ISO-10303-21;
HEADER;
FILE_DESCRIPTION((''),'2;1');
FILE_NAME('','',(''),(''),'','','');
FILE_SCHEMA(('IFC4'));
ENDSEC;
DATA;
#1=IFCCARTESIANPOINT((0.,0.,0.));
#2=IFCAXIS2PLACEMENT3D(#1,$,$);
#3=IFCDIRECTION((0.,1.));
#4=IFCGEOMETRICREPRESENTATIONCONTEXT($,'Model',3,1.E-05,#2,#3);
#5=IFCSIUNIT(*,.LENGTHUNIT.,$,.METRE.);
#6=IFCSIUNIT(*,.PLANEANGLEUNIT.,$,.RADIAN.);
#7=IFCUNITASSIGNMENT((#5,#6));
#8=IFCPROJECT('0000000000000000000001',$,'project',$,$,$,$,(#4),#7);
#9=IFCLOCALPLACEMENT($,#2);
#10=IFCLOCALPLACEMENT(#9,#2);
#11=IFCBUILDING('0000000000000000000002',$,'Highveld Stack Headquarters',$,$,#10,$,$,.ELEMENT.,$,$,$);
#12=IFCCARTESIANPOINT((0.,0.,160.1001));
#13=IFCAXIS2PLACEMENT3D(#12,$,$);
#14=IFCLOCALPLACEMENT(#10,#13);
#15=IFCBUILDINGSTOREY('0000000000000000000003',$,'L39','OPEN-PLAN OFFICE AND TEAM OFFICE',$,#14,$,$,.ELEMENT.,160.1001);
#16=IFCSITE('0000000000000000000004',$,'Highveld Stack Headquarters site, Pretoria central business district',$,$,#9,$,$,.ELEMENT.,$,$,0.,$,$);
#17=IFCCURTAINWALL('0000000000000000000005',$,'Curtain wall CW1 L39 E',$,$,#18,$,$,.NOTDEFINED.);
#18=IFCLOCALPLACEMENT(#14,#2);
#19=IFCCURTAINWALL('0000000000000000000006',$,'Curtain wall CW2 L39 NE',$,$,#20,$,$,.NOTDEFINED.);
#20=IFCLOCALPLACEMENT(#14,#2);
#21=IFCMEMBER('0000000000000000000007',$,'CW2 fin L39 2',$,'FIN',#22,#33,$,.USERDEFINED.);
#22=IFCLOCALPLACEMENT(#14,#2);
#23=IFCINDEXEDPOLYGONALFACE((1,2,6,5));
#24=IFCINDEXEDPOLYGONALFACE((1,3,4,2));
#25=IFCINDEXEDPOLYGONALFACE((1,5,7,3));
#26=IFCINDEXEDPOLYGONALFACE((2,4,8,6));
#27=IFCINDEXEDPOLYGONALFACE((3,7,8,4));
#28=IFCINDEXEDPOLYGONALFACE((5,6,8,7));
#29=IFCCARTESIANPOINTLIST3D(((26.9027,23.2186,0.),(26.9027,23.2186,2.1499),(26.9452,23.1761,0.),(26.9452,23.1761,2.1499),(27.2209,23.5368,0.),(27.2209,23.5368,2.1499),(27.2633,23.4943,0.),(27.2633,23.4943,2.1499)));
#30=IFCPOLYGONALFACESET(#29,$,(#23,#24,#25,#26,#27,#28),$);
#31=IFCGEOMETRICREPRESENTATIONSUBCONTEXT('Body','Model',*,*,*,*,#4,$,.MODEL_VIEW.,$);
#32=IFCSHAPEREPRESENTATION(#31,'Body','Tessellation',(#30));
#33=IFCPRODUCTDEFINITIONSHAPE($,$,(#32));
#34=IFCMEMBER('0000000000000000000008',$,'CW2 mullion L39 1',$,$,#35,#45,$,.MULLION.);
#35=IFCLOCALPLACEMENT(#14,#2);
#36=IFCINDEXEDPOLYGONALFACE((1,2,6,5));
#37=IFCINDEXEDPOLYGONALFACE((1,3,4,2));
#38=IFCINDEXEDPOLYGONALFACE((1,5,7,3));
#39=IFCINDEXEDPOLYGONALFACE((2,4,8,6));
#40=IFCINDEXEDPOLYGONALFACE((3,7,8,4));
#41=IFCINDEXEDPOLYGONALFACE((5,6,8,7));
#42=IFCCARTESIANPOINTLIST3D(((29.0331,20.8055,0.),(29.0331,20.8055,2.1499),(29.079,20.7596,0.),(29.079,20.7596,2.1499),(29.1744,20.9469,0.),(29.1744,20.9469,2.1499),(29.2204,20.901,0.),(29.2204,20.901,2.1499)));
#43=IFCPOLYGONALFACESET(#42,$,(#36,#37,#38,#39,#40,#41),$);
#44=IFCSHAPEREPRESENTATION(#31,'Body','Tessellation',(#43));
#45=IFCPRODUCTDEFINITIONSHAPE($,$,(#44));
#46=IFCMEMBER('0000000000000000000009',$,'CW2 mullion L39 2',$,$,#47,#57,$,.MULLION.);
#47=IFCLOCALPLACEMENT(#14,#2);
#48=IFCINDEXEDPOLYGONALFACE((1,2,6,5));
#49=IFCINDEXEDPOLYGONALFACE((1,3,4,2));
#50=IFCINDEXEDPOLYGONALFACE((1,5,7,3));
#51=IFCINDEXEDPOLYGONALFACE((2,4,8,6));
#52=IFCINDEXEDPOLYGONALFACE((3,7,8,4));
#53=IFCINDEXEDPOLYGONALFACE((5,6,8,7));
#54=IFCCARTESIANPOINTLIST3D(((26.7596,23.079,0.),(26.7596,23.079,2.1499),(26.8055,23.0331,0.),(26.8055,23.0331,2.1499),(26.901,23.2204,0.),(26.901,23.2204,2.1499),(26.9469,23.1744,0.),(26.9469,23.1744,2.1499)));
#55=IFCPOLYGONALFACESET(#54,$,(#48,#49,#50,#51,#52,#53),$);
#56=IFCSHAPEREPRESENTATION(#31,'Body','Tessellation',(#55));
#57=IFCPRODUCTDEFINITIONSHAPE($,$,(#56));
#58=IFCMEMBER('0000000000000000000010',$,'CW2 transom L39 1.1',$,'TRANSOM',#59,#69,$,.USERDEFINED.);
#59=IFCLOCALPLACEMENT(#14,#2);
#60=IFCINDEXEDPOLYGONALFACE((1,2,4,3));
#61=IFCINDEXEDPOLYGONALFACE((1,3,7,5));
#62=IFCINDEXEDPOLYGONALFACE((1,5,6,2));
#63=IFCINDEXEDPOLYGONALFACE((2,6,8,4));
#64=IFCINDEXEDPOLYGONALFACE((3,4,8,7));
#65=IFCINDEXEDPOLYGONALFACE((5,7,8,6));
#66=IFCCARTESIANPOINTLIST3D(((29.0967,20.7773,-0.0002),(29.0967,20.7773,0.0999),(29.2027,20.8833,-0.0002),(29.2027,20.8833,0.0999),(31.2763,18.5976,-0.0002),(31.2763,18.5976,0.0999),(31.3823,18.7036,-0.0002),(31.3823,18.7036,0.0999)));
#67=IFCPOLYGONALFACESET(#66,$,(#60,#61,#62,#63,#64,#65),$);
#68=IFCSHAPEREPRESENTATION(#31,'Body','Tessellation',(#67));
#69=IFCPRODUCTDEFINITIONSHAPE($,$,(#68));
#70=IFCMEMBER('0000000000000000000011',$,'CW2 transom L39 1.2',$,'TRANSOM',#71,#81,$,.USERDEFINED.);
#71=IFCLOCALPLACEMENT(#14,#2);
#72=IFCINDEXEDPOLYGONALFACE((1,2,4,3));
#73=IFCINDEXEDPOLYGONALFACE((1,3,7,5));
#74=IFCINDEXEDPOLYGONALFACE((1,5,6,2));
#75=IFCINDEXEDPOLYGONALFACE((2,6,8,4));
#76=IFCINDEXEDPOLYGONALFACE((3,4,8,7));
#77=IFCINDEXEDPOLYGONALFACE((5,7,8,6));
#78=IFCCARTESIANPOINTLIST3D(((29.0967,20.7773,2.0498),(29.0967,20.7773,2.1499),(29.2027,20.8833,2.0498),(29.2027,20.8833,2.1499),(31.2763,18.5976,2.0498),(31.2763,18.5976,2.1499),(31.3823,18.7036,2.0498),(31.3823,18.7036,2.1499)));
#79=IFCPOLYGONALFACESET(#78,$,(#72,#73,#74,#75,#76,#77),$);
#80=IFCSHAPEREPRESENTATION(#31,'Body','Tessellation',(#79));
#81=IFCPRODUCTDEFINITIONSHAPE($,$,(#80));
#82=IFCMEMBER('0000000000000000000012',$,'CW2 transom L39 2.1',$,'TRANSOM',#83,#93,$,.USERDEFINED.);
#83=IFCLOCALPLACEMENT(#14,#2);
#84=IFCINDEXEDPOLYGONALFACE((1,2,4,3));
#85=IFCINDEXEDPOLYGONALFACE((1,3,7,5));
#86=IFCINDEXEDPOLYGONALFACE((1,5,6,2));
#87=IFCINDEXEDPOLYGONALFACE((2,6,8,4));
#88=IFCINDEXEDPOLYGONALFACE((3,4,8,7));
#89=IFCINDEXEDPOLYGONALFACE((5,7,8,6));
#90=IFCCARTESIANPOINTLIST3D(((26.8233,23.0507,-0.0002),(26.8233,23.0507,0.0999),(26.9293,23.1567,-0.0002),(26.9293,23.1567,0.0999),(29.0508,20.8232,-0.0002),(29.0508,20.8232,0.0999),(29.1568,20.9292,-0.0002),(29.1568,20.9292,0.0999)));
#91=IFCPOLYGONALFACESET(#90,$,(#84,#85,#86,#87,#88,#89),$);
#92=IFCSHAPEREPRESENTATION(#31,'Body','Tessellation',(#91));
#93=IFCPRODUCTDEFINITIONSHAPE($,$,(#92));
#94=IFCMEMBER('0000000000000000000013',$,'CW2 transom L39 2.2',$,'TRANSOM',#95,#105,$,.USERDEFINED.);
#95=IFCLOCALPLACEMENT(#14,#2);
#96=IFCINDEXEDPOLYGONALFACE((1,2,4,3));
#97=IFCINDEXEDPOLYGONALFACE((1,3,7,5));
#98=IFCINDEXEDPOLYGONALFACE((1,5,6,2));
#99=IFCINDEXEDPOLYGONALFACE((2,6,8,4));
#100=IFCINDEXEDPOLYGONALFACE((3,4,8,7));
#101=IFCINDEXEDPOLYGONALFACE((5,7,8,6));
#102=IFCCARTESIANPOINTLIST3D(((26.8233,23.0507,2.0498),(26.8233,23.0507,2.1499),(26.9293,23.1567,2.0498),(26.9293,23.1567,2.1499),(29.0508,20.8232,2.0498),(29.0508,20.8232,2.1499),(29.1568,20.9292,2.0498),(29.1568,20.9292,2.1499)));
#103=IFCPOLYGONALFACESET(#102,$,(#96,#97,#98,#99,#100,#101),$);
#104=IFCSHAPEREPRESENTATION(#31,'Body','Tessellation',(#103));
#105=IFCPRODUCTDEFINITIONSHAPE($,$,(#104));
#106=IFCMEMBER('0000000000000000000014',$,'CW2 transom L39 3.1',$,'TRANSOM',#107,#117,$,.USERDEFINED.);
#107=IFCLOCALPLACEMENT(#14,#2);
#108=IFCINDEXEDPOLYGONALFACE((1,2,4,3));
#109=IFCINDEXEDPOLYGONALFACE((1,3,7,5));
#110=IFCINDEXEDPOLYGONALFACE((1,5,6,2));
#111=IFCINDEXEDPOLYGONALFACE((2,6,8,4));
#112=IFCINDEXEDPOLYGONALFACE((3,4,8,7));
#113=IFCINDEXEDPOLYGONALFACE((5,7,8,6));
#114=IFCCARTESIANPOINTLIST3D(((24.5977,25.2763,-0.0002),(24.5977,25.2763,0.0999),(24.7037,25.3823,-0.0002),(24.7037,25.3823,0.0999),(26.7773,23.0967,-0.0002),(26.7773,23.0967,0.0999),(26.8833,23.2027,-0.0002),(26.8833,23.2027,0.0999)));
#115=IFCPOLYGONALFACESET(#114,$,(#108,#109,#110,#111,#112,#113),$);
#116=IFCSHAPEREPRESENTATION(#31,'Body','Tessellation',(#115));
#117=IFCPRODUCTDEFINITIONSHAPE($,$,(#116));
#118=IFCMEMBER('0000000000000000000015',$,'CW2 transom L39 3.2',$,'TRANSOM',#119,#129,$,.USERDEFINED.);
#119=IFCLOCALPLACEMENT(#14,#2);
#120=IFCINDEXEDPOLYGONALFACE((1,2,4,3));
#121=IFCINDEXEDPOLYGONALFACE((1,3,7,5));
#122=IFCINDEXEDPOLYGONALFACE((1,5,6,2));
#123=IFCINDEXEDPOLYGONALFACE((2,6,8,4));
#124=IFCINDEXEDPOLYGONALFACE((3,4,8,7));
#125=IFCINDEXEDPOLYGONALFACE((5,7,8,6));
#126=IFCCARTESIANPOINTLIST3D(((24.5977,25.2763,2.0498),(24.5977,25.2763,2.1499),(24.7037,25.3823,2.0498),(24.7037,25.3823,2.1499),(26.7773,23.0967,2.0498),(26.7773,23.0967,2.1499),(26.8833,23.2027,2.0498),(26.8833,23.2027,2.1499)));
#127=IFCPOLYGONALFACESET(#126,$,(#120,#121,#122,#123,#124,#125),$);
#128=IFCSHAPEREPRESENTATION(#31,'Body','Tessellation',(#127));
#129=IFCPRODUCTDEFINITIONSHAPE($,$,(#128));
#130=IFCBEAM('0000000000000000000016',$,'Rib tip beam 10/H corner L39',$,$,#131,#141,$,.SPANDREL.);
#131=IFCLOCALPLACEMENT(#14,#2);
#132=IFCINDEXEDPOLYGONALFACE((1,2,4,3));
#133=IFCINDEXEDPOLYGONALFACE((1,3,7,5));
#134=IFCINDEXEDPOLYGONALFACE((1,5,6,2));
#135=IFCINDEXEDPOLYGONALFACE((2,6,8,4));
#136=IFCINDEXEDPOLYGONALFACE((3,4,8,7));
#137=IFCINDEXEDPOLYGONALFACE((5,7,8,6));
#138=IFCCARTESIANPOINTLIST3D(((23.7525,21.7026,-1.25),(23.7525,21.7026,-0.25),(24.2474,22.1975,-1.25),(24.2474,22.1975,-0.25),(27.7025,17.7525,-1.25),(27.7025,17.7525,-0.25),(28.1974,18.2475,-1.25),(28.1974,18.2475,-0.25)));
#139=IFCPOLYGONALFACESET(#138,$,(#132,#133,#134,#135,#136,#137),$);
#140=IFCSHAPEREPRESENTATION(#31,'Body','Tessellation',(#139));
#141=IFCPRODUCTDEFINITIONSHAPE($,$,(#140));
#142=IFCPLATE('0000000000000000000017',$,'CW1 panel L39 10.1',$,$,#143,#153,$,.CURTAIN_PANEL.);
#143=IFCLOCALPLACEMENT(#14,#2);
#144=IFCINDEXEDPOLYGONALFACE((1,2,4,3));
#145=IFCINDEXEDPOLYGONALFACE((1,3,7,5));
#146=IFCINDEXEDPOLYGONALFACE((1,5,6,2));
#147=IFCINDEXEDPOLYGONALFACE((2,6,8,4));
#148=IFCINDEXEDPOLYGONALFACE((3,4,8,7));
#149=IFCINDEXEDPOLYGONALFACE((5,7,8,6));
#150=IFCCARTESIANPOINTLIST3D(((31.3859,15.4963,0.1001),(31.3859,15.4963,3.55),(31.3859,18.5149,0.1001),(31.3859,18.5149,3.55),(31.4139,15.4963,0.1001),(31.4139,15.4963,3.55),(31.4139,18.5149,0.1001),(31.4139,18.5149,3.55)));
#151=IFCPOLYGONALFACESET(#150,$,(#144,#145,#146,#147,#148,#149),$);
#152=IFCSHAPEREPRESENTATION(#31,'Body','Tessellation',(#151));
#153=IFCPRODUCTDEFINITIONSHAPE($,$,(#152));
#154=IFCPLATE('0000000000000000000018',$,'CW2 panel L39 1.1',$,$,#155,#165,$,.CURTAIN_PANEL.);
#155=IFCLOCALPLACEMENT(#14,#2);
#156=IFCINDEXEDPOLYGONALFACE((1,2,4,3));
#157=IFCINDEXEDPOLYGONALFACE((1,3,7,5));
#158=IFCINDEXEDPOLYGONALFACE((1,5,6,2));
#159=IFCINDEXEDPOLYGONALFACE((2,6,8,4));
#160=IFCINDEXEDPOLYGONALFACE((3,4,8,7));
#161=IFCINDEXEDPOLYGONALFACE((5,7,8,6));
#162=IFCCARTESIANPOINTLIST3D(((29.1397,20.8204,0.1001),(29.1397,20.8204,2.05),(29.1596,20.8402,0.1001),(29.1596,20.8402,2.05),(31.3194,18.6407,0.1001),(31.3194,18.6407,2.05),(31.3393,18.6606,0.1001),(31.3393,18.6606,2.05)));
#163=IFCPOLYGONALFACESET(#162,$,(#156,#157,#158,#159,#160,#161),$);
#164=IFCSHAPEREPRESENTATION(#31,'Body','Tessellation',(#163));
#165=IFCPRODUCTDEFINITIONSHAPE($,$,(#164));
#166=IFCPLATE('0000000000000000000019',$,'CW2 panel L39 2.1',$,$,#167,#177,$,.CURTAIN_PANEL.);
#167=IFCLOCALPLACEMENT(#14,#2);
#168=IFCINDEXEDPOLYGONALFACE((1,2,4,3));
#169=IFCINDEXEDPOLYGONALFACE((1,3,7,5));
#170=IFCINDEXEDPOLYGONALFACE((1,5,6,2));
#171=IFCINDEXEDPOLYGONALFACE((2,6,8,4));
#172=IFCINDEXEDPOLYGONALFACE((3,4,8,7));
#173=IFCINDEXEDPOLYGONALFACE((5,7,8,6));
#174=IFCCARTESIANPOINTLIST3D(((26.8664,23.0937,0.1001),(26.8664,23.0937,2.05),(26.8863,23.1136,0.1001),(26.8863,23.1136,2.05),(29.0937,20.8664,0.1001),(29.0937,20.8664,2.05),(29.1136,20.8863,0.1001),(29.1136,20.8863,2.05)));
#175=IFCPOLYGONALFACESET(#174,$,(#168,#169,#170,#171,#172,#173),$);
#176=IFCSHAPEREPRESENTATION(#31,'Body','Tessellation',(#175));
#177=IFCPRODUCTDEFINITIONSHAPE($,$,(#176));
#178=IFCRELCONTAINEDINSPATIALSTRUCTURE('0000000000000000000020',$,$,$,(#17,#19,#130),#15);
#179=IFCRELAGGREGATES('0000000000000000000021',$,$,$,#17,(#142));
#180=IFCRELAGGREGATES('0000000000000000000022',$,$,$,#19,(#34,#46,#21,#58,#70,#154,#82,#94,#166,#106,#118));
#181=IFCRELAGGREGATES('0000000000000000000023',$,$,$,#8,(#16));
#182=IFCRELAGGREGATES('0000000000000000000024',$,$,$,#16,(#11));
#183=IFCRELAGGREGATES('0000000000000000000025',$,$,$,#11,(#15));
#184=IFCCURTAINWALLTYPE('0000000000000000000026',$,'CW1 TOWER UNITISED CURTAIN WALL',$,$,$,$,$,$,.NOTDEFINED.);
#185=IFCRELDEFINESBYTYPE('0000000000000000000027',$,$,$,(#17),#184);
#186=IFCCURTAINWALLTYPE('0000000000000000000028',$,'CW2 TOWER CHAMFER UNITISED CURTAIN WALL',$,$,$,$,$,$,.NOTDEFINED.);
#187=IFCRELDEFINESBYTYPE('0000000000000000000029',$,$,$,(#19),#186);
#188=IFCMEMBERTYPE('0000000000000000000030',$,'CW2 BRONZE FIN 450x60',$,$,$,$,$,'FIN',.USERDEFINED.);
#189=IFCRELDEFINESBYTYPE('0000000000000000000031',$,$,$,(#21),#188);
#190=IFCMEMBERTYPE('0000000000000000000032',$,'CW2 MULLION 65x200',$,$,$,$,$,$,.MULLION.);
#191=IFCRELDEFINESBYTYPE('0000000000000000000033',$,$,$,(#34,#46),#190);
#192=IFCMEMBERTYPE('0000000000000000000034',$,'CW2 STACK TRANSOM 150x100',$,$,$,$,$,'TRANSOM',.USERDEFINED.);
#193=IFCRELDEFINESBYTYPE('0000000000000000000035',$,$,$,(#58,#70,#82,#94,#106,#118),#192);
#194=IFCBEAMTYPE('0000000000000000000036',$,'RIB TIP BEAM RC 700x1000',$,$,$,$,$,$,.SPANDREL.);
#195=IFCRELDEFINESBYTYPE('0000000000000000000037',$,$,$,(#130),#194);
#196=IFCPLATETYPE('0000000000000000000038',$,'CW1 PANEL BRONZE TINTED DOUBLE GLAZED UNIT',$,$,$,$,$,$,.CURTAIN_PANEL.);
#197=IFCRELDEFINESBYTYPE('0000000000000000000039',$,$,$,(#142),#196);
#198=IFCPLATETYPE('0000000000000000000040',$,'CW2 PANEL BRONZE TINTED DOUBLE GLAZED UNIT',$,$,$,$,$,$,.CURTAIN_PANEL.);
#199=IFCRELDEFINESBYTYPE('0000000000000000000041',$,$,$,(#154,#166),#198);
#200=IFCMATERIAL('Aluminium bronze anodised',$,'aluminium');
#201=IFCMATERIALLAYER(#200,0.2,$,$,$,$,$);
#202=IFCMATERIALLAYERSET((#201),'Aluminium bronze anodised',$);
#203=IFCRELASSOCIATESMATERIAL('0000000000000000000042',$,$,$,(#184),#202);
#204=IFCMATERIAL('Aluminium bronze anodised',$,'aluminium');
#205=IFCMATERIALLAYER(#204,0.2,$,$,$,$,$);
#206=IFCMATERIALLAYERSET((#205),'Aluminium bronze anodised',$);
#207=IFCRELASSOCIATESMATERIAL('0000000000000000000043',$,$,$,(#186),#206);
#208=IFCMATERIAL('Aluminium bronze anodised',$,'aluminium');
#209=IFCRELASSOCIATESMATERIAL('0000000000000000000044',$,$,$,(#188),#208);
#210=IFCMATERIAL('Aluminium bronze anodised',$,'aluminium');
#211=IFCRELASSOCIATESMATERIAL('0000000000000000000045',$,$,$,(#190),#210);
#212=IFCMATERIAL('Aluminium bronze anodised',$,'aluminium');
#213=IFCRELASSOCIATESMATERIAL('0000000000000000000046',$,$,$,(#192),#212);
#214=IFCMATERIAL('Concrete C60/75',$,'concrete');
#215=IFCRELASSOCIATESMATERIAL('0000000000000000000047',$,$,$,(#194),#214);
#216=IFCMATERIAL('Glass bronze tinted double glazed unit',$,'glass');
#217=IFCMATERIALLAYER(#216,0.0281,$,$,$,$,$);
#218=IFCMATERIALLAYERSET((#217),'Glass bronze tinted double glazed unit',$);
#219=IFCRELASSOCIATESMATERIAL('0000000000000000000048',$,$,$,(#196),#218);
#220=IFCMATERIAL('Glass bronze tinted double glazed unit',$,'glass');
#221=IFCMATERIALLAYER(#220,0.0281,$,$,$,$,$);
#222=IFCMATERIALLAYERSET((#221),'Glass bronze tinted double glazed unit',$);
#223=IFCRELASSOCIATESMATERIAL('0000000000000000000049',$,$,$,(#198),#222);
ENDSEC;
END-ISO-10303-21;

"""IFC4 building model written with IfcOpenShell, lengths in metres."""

from ifc_helpers import new_model, si_unit, direction, frame, origin, origin_2d, place, context, subcontext, project, spatial, rectangle, extrude, material, layer, layer_set, material_profile, profile_set, type_object, element, aggregate, save


model = new_model("IFC4")

# Units and contexts
model_context = context("Model", 3, precision=1e-05, world=origin(), true_north=direction((0.0, 1.0)))
body_context = subcontext(model_context, "Body", "Model", "MODEL_VIEW")
ifc_project = project(units=[si_unit("LENGTHUNIT", "METRE"), si_unit("PLANEANGLEUNIT", "RADIAN")], contexts=[model_context])

# Site, building, storey
site_placement = place(None, origin())
site = spatial("IfcSite", under=ifc_project, at=site_placement, Name="Highveld Stack Headquarters site, Pretoria central business district", CompositionType="ELEMENT", RefElevation=0.0)
building_placement = place(site_placement, origin())
building = spatial("IfcBuilding", under=site, at=building_placement, Name="Highveld Stack Headquarters", CompositionType="ELEMENT")
storey_placement = place(building_placement, frame((0.0, 0.0, 160.1001)))
storey = spatial("IfcBuildingStorey", under=building, at=storey_placement, Name="L39", Description="OPEN-PLAN OFFICE AND TEAM OFFICE", CompositionType="ELEMENT", Elevation=160.1001)

# Curtain wall
ifc_material_1 = material(Name="Aluminium bronze anodised", Category="aluminium")
ifc_layer_1 = layer(ifc_material_1, 0.2)
ifc_layer_set_1 = layer_set([ifc_layer_1], Name="Aluminium bronze anodised")
curtain_wall_type_1 = type_object("IfcCurtainWallType", Name="CW1 TOWER UNITISED CURTAIN WALL", PredefinedType="NOTDEFINED", material=ifc_layer_set_1)
curtain_wall_1_placement = place(storey_placement, origin())
curtain_wall_1 = element("IfcCurtainWall", 1, at=curtain_wall_1_placement, inside=storey, type_object=curtain_wall_type_1, Name="Curtain wall CW1 L39 E", PredefinedType="NOTDEFINED")

# Curtain wall, members
ifc_material_2 = material(Name="Aluminium bronze anodised", Category="aluminium")
ifc_layer_2 = layer(ifc_material_2, 0.2)
ifc_layer_set_2 = layer_set([ifc_layer_2], Name="Aluminium bronze anodised")
curtain_wall_type_2 = type_object("IfcCurtainWallType", Name="CW2 TOWER CHAMFER UNITISED CURTAIN WALL", PredefinedType="NOTDEFINED", material=ifc_layer_set_2)
curtain_wall_2_placement = place(storey_placement, origin())
curtain_wall_2 = element("IfcCurtainWall", 2, at=curtain_wall_2_placement, inside=storey, type_object=curtain_wall_type_2, Name="Curtain wall CW2 L39 NE", PredefinedType="NOTDEFINED")
ifc_material_3 = material(Name="Aluminium bronze anodised", Category="aluminium")
ifc_material_profile_1 = material_profile(ifc_material_3, rectangle(XDim=0.45, YDim=0.0601, at=origin_2d()), Name="FIN 450x60")
ifc_profile_set_1 = profile_set([ifc_material_profile_1], Name="Aluminium bronze anodised")
member_type_1 = type_object("IfcMemberType", Name="CW2 BRONZE FIN 450x60", ElementType="FIN", PredefinedType="USERDEFINED", material=ifc_profile_set_1)
member_1_placement = place(storey_placement, frame((27.083, 23.3564, 0.0), z_axis=(0.0, 0.0, 1.0), x_axis=(-0.707107, -0.707107, 0.0)))
member_1 = element("IfcMember", 3, at=member_1_placement, type_object=member_type_1, Name="CW2 fin L39 2", ObjectType="FIN", PredefinedType="USERDEFINED", context=body_context, shape_type="SweptSolid", body=[
    extrude(rectangle(XDim=0.45, YDim=0.0601, at=origin_2d()), origin(), (0.0, 0.0, 1.0), 2.1499),
])
ifc_material_4 = material(Name="Aluminium bronze anodised", Category="aluminium")
ifc_material_profile_2 = material_profile(ifc_material_4, rectangle(XDim=0.2, YDim=0.0649, at=origin_2d()), Name="CW2 MULLION 65x200")
ifc_profile_set_2 = profile_set([ifc_material_profile_2], Name="Aluminium bronze anodised")
member_type_2 = type_object("IfcMemberType", Name="CW2 MULLION 65x200", PredefinedType="MULLION", material=ifc_profile_set_2)
member_2_placement = place(storey_placement, frame((29.1267, 20.8533, 0.0), z_axis=(0.0, 0.0, 1.0), x_axis=(-0.707107, -0.707107, 0.0)))
member_2 = element("IfcMember", 4, at=member_2_placement, type_object=member_type_2, Name="CW2 mullion L39 1", PredefinedType="MULLION", context=body_context, shape_type="SweptSolid", body=[
    extrude(rectangle(XDim=0.2, YDim=0.0649, at=origin_2d()), origin(), (0.0, 0.0, 1.0), 2.1499),
])
member_3_placement = place(storey_placement, frame((26.8533, 23.1267, 0.0), z_axis=(0.0, 0.0, 1.0), x_axis=(-0.707107, -0.707107, 0.0)))
member_3 = element("IfcMember", 5, at=member_3_placement, type_object=member_type_2, Name="CW2 mullion L39 2", PredefinedType="MULLION", context=body_context, shape_type="SweptSolid", body=[
    extrude(rectangle(XDim=0.2, YDim=0.0649, at=origin_2d()), origin(), (0.0, 0.0, 1.0), 2.1499),
])
ifc_material_5 = material(Name="Aluminium bronze anodised", Category="aluminium")
ifc_material_profile_3 = material_profile(ifc_material_5, rectangle(XDim=0.1499, YDim=0.1001, at=origin_2d()), Name="CW2 TRANSOM 150x100")
ifc_profile_set_3 = profile_set([ifc_material_profile_3], Name="Aluminium bronze anodised")
member_type_3 = type_object("IfcMemberType", Name="CW2 STACK TRANSOM 150x100", ElementType="TRANSOM", PredefinedType="USERDEFINED", material=ifc_profile_set_3)
member_4_placement = place(storey_placement, frame((31.3293, 18.6506, 0.0498), z_axis=(-0.707107, 0.707107, 0.0), x_axis=(-0.707107, -0.707107, 0.0)))
member_4 = element("IfcMember", 6, at=member_4_placement, type_object=member_type_3, Name="CW2 transom L39 1.1", ObjectType="TRANSOM", PredefinedType="USERDEFINED", context=body_context, shape_type="SweptSolid", body=[
    extrude(rectangle(XDim=0.1499, YDim=0.1001, at=origin_2d()), origin(), (0.0, 0.0, 1.0), 3.0825),
])
member_5_placement = place(storey_placement, frame((31.3293, 18.6506, 2.0999), z_axis=(-0.707107, 0.707107, 0.0), x_axis=(-0.707107, -0.707107, 0.0)))
member_5 = element("IfcMember", 7, at=member_5_placement, type_object=member_type_3, Name="CW2 transom L39 1.2", ObjectType="TRANSOM", PredefinedType="USERDEFINED", context=body_context, shape_type="SweptSolid", body=[
    extrude(rectangle(XDim=0.1499, YDim=0.1001, at=origin_2d()), origin(), (0.0, 0.0, 1.0), 3.0825),
])
member_6_placement = place(storey_placement, frame((29.1038, 20.8762, 0.0498), z_axis=(-0.707107, 0.707107, 0.0), x_axis=(-0.707107, -0.707107, 0.0)))
member_6 = element("IfcMember", 8, at=member_6_placement, type_object=member_type_3, Name="CW2 transom L39 2.1", ObjectType="TRANSOM", PredefinedType="USERDEFINED", context=body_context, shape_type="SweptSolid", body=[
    extrude(rectangle(XDim=0.1499, YDim=0.1001, at=origin_2d()), origin(), (0.0, 0.0, 1.0), 3.1501),
])
member_7_placement = place(storey_placement, frame((29.1038, 20.8762, 2.0999), z_axis=(-0.707107, 0.707107, 0.0), x_axis=(-0.707107, -0.707107, 0.0)))
member_7 = element("IfcMember", 9, at=member_7_placement, type_object=member_type_3, Name="CW2 transom L39 2.2", ObjectType="TRANSOM", PredefinedType="USERDEFINED", context=body_context, shape_type="SweptSolid", body=[
    extrude(rectangle(XDim=0.1499, YDim=0.1001, at=origin_2d()), origin(), (0.0, 0.0, 1.0), 3.1501),
])
member_8_placement = place(storey_placement, frame((26.8303, 23.1497, 0.0498), z_axis=(-0.707107, 0.707107, 0.0), x_axis=(-0.707107, -0.707107, 0.0)))
member_8 = element("IfcMember", 10, at=member_8_placement, type_object=member_type_3, Name="CW2 transom L39 3.1", ObjectType="TRANSOM", PredefinedType="USERDEFINED", context=body_context, shape_type="SweptSolid", body=[
    extrude(rectangle(XDim=0.1499, YDim=0.1001, at=origin_2d()), origin(), (0.0, 0.0, 1.0), 3.0825),
])
member_9_placement = place(storey_placement, frame((26.8303, 23.1497, 2.0999), z_axis=(-0.707107, 0.707107, 0.0), x_axis=(-0.707107, -0.707107, 0.0)))
member_9 = element("IfcMember", 11, at=member_9_placement, type_object=member_type_3, Name="CW2 transom L39 3.2", ObjectType="TRANSOM", PredefinedType="USERDEFINED", context=body_context, shape_type="SweptSolid", body=[
    extrude(rectangle(XDim=0.1499, YDim=0.1001, at=origin_2d()), origin(), (0.0, 0.0, 1.0), 3.0825),
])

# Beam
ifc_material_6 = material(Name="Concrete C60/75", Category="concrete")
ifc_material_profile_4 = material_profile(ifc_material_6, rectangle(XDim=0.7, YDim=1.0, at=origin_2d()), Name="RC 700x1000")
ifc_profile_set_4 = profile_set([ifc_material_profile_4], Name="Concrete C60/75")
beam_type_1 = type_object("IfcBeamType", Name="RIB TIP BEAM RC 700x1000", PredefinedType="SPANDREL", material=ifc_profile_set_4)
beam_1_placement = place(storey_placement, frame((27.95, 18.0, -0.75), z_axis=(-0.707107, 0.707107, 0.0), x_axis=(-0.707107, -0.707107, 0.0)))
element("IfcBeam", 12, at=beam_1_placement, inside=storey, type_object=beam_type_1, Name="Rib tip beam 10/H corner L39", PredefinedType="SPANDREL", context=body_context, shape_type="SweptSolid", body=[
    extrude(rectangle(XDim=0.7, YDim=1.0, at=origin_2d()), origin(), (0.0, 0.0, 1.0), 5.5862),
])

# Plates
ifc_material_7 = material(Name="Glass bronze tinted double glazed unit", Category="glass")
ifc_layer_3 = layer(ifc_material_7, 0.0281)
ifc_layer_set_3 = layer_set([ifc_layer_3], Name="Glass bronze tinted double glazed unit")
plate_type_1 = type_object("IfcPlateType", Name="CW1 PANEL BRONZE TINTED DOUBLE GLAZED UNIT", PredefinedType="CURTAIN_PANEL", material=ifc_layer_set_3)
plate_1_placement = place(storey_placement, frame((31.3999, 17.0056, 0.1001), z_axis=(0.0, 0.0, 1.0), x_axis=(0.0, 1.0, 0.0)))
plate_1 = element("IfcPlate", 13, at=plate_1_placement, type_object=plate_type_1, Name="CW1 panel L39 10.1", PredefinedType="CURTAIN_PANEL", context=body_context, shape_type="SweptSolid", body=[
    extrude(rectangle(XDim=3.0186, YDim=0.0281, at=origin_2d()), origin(), (0.0, 0.0, 1.0), 3.45),
])
aggregate(curtain_wall_1, [plate_1])
ifc_material_8 = material(Name="Glass bronze tinted double glazed unit", Category="glass")
ifc_layer_4 = layer(ifc_material_8, 0.0281)
ifc_layer_set_4 = layer_set([ifc_layer_4], Name="Glass bronze tinted double glazed unit")
plate_type_2 = type_object("IfcPlateType", Name="CW2 PANEL BRONZE TINTED DOUBLE GLAZED UNIT", PredefinedType="CURTAIN_PANEL", material=ifc_layer_set_4)
plate_2_placement = place(storey_placement, frame((30.2395, 19.7405, 0.1001), z_axis=(0.0, 0.0, 1.0), x_axis=(-0.707107, 0.707107, 0.0)))
plate_2 = element("IfcPlate", 14, at=plate_2_placement, type_object=plate_type_2, Name="CW2 panel L39 1.1", PredefinedType="CURTAIN_PANEL", context=body_context, shape_type="SweptSolid", body=[
    extrude(rectangle(XDim=3.0825, YDim=0.0281, at=origin_2d()), origin(), (0.0, 0.0, 1.0), 1.95),
])
plate_3_placement = place(storey_placement, frame((27.99, 21.99, 0.1001), z_axis=(0.0, 0.0, 1.0), x_axis=(-0.707107, 0.707107, 0.0)))
plate_3 = element("IfcPlate", 15, at=plate_3_placement, type_object=plate_type_2, Name="CW2 panel L39 2.1", PredefinedType="CURTAIN_PANEL", context=body_context, shape_type="SweptSolid", body=[
    extrude(rectangle(XDim=3.1499, YDim=0.0281, at=origin_2d()), origin(), (0.0, 0.0, 1.0), 1.95),
])
aggregate(curtain_wall_2, [member_2, member_3, member_1, member_4, member_5, plate_2, member_6, member_7, plate_3, member_8, member_9])

save(model, "model.ifc")
